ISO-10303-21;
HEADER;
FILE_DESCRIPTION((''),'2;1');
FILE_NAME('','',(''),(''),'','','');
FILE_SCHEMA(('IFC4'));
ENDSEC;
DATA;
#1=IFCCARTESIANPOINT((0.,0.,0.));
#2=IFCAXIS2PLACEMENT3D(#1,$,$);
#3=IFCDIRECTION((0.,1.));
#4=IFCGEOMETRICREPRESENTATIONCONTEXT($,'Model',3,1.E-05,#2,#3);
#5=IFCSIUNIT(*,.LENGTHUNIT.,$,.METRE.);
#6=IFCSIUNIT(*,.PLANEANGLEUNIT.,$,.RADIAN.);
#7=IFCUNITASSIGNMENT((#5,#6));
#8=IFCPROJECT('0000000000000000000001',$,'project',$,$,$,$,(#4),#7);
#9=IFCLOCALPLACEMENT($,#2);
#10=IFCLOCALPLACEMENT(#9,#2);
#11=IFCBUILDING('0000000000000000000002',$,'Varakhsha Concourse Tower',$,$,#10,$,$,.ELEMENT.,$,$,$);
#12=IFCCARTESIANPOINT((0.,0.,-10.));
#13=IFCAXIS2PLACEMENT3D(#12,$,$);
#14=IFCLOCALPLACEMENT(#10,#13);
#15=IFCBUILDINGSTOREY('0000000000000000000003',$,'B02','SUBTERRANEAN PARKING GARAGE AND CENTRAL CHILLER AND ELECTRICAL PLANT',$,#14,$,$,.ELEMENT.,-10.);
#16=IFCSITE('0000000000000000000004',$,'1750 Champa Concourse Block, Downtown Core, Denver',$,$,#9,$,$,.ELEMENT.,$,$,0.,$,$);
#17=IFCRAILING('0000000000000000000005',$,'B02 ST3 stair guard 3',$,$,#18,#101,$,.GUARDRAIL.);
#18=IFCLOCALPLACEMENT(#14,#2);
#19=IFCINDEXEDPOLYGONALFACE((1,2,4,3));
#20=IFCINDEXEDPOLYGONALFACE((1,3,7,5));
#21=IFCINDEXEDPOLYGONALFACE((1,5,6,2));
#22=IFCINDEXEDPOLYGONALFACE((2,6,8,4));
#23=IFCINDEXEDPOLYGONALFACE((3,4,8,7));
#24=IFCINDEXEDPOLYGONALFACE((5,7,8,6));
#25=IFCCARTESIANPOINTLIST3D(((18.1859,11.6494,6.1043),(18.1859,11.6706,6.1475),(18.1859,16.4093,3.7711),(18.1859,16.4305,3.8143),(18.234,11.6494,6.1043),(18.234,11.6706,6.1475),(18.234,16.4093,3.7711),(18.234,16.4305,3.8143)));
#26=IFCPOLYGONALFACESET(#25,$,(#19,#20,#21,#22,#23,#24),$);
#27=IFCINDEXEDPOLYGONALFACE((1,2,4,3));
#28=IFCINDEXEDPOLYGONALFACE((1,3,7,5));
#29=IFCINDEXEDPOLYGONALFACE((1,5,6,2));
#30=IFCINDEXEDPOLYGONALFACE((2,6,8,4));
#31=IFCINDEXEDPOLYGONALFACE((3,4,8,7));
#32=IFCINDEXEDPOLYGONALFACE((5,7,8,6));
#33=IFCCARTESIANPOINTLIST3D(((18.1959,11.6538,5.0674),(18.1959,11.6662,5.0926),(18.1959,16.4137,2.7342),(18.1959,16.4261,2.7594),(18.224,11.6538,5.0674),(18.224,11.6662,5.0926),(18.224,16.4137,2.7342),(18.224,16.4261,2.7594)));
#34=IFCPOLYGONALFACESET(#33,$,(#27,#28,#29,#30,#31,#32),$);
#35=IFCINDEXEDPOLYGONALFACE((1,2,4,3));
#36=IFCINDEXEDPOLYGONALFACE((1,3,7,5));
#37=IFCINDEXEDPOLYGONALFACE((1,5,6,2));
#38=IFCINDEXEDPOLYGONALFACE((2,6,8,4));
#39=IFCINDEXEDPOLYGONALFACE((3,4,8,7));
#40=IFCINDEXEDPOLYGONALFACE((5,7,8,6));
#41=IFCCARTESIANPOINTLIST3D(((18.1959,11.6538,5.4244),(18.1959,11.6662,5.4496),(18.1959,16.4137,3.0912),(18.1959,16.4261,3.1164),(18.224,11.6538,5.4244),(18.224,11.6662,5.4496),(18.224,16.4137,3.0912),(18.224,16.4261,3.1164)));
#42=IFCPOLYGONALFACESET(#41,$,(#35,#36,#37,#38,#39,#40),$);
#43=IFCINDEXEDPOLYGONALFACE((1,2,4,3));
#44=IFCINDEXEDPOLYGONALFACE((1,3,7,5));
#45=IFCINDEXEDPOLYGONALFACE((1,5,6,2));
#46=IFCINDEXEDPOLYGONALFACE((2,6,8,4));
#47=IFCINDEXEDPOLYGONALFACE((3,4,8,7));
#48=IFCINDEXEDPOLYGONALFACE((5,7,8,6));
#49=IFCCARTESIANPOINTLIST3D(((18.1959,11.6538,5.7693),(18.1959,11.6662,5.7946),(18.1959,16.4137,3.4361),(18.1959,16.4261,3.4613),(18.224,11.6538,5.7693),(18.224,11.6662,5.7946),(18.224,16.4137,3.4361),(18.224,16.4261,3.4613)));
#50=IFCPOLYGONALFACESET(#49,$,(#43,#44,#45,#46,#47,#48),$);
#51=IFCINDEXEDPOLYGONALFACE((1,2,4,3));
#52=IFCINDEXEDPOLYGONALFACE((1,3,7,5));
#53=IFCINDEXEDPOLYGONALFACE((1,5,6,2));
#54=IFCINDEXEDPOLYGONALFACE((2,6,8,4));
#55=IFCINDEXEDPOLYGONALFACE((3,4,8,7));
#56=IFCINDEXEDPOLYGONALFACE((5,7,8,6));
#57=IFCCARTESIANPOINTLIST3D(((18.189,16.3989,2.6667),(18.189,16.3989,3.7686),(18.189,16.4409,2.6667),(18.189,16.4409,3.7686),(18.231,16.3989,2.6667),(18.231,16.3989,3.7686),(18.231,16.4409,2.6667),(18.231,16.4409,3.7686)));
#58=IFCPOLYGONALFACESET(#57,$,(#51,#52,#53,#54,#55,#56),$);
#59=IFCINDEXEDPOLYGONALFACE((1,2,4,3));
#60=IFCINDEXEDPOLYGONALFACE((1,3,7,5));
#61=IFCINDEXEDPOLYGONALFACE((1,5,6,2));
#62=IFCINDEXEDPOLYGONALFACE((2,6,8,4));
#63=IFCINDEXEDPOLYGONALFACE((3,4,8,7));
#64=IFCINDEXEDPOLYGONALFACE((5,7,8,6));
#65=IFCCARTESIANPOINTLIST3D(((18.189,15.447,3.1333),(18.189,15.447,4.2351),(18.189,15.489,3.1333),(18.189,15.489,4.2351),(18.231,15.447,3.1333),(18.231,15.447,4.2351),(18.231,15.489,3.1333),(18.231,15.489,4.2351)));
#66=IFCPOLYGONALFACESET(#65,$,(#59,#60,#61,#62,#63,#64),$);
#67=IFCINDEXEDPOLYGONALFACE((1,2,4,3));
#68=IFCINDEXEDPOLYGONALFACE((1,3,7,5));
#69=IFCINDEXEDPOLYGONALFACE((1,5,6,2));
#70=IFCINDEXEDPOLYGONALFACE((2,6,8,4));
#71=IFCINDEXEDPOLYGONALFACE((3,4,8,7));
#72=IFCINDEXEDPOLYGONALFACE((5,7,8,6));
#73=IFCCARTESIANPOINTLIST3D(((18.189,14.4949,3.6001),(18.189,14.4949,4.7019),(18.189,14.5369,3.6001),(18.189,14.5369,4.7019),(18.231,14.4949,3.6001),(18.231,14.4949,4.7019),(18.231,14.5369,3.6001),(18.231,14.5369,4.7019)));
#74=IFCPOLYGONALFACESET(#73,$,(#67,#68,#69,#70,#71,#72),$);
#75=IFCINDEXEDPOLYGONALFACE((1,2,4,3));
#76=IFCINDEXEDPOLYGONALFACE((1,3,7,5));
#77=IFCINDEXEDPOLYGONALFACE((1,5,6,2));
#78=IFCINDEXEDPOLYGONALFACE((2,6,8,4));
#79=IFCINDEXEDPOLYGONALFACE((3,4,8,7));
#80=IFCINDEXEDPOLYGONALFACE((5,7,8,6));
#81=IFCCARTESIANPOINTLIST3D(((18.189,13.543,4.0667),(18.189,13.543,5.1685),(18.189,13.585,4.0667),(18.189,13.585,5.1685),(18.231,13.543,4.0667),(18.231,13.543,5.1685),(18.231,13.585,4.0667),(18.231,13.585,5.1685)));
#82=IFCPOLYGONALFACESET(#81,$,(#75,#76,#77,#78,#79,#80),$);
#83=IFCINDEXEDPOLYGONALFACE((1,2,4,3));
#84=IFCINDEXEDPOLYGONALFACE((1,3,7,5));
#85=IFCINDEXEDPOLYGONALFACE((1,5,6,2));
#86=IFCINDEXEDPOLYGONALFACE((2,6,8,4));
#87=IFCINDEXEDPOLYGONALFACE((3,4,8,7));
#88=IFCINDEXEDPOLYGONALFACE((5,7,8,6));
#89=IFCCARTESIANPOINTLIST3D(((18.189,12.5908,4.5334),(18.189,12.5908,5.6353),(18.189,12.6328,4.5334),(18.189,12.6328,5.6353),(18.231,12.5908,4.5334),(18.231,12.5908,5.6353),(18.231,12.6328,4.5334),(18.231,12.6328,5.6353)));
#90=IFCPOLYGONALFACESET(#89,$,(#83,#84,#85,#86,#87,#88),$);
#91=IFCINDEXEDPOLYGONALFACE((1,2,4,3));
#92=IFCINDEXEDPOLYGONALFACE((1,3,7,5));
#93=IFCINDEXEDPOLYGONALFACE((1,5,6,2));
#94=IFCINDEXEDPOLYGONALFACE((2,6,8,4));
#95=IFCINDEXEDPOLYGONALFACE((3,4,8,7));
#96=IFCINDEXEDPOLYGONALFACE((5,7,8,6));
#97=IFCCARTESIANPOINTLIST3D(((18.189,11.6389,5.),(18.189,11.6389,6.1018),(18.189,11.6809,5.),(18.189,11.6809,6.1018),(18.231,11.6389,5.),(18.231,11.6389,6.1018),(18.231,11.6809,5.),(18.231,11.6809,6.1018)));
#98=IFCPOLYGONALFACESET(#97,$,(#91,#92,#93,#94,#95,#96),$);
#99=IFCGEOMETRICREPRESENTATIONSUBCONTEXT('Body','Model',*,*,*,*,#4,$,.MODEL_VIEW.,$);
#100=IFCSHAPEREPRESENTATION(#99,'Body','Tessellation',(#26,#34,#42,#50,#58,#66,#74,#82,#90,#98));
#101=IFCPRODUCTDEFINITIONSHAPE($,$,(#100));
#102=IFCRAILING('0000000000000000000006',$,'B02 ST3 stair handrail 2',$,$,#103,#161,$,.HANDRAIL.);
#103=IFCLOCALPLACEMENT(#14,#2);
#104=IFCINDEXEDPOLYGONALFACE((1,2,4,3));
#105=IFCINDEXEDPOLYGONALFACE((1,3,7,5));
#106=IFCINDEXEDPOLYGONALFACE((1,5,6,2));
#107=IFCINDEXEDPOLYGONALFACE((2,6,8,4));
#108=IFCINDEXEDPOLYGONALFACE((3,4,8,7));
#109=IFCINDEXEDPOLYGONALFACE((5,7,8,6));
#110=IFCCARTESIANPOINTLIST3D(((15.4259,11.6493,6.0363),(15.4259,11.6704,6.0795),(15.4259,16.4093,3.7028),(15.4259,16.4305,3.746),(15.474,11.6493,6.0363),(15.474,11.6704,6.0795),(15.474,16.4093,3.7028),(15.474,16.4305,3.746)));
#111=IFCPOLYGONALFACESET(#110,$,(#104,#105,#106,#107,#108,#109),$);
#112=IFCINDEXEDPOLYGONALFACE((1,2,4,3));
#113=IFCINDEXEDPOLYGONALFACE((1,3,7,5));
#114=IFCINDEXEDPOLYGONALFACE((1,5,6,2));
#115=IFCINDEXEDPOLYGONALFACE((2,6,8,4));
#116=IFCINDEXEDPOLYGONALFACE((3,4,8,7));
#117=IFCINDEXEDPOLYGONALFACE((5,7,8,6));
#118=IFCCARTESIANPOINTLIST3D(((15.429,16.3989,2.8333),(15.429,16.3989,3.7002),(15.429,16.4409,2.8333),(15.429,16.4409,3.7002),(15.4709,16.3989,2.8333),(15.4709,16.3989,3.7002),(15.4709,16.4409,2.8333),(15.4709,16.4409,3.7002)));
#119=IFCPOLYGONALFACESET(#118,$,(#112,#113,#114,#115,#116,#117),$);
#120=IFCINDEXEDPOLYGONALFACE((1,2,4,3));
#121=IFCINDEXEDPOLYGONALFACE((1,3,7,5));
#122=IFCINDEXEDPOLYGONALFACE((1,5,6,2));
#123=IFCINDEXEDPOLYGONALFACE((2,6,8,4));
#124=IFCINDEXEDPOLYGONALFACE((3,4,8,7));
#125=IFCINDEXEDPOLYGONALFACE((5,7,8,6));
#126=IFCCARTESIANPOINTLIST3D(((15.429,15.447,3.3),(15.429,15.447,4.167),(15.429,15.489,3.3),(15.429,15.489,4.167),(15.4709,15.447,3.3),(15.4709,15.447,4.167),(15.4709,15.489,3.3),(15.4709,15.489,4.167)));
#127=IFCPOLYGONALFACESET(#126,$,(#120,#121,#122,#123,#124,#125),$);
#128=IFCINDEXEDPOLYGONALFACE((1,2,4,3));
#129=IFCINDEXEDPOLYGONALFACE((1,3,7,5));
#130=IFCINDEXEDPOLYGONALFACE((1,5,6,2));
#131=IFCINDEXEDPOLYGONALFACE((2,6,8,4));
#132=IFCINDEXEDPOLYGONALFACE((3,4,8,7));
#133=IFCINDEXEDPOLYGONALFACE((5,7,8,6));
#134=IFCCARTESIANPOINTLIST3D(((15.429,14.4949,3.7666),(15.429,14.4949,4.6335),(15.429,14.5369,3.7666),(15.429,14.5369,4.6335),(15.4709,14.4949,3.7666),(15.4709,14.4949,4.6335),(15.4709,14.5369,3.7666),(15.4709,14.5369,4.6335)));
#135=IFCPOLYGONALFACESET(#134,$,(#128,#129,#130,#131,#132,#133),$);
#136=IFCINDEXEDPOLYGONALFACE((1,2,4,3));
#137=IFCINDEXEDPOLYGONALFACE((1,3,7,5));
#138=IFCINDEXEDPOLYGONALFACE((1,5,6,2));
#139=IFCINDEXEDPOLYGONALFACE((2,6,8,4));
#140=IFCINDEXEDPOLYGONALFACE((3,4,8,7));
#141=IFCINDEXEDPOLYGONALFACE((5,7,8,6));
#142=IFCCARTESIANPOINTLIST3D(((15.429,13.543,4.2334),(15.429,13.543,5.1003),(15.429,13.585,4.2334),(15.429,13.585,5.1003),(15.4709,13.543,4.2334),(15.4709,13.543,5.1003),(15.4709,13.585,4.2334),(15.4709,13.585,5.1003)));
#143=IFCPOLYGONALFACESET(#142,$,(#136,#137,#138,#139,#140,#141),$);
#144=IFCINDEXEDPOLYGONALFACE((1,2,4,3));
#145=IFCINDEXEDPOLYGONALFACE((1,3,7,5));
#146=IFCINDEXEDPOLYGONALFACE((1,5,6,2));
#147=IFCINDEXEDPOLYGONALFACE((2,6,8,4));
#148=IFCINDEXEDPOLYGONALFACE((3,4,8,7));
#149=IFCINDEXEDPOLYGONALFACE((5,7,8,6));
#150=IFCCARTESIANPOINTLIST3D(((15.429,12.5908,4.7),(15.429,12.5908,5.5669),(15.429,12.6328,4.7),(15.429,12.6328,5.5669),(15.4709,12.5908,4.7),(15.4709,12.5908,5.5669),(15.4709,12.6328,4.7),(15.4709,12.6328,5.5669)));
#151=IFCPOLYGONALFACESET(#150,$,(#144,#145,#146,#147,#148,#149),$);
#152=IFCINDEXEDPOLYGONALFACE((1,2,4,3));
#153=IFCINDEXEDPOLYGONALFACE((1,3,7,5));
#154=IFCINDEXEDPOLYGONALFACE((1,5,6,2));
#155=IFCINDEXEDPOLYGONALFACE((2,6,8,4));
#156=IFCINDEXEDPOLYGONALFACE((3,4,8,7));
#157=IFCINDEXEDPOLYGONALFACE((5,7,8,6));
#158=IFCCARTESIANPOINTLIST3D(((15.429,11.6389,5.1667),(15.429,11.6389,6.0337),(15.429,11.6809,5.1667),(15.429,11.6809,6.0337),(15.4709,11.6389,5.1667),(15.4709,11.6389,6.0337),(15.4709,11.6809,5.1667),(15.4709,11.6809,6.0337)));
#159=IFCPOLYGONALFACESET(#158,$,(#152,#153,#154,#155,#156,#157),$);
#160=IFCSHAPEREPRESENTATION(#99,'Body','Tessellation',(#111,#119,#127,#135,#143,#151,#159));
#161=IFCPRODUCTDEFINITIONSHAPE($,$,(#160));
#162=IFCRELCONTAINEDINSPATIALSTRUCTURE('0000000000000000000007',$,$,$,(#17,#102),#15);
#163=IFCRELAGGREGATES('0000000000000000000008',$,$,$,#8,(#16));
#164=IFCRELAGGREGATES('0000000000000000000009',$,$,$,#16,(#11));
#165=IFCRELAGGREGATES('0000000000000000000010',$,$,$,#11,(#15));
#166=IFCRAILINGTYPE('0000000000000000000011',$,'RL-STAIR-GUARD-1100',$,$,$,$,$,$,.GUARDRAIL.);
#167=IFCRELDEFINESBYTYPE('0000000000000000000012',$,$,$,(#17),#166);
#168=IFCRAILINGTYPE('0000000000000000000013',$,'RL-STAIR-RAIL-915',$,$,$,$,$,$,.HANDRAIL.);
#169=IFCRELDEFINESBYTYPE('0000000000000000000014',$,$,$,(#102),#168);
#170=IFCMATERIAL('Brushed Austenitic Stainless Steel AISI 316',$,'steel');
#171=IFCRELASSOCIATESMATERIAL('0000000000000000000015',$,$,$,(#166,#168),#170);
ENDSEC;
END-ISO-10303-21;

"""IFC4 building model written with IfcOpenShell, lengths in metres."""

from ifc_helpers import new_model, si_unit, direction, frame, origin, origin_2d, place, context, subcontext, project, spatial, rectangle, extrude, material, type_object, element, save


model = new_model("IFC4")

# Units and contexts
model_context = context("Model", 3, precision=1e-05, world=origin(), true_north=direction((0.0, 1.0)))
body_context = subcontext(model_context, "Body", "Model", "MODEL_VIEW")
ifc_project = project(units=[si_unit("LENGTHUNIT", "METRE"), si_unit("PLANEANGLEUNIT", "RADIAN")], contexts=[model_context])

# Site, building, storey
site_placement = place(None, origin())
site = spatial("IfcSite", under=ifc_project, at=site_placement, Name="1750 Champa Concourse Block, Downtown Core, Denver", CompositionType="ELEMENT", RefElevation=0.0)
building_placement = place(site_placement, origin())
building = spatial("IfcBuilding", under=site, at=building_placement, Name="Varakhsha Concourse Tower", CompositionType="ELEMENT")
storey_placement = place(building_placement, frame((0.0, 0.0, -10.0)))
storey = spatial("IfcBuildingStorey", under=building, at=storey_placement, Name="B02", Description="SUBTERRANEAN PARKING GARAGE AND CENTRAL CHILLER AND ELECTRICAL PLANT", CompositionType="ELEMENT", Elevation=-10.0)

# Railings
ifc_material_1 = material(Name="Brushed Austenitic Stainless Steel AISI 316", Category="steel")
railing_type_1 = type_object("IfcRailingType", Name="RL-STAIR-GUARD-1100", PredefinedType="GUARDRAIL", material=ifc_material_1)
railing_1_placement = place(storey_placement, frame((18.21, 16.4199, 2.6667)))
element("IfcRailing", 1, at=railing_1_placement, inside=storey, type_object=railing_type_1, Name="B02 ST3 stair guard 3", PredefinedType="GUARDRAIL", context=body_context, shape_type="SweptSolid", body=[
    extrude(rectangle(XDim=0.0481, YDim=0.0481, at=origin_2d()), frame((0.0, 0.0, 1.126), z_axis=(0.0, -0.897927, 0.440144), x_axis=(1.0, 0.0, 0.0)), (0.0, 0.0, 1.0), 5.301),
    extrude(rectangle(XDim=0.0281, YDim=0.0281, at=origin_2d()), frame((0.0, 0.0, 0.0801), z_axis=(0.0, -0.897927, 0.440144), x_axis=(1.0, 0.0, 0.0)), (0.0, 0.0, 1.0), 5.301),
    extrude(rectangle(XDim=0.0281, YDim=0.0281, at=origin_2d()), frame((0.0, 0.0, 0.437), z_axis=(0.0, -0.897927, 0.440144), x_axis=(1.0, 0.0, 0.0)), (0.0, 0.0, 1.0), 5.301),
    extrude(rectangle(XDim=0.0281, YDim=0.0281, at=origin_2d()), frame((0.0, 0.0, 0.782), z_axis=(0.0, -0.897927, 0.440144), x_axis=(1.0, 0.0, 0.0)), (0.0, 0.0, 1.0), 5.301),
    extrude(rectangle(XDim=0.042, YDim=0.042, at=origin_2d()), origin(), (0.0, 0.0, 1.0), 1.1018),
    extrude(rectangle(XDim=0.042, YDim=0.042, at=origin_2d()), frame((0.0, -0.9519, 0.4666)), (0.0, 0.0, 1.0), 1.1018),
    extrude(rectangle(XDim=0.042, YDim=0.042, at=origin_2d()), frame((0.0, -1.9041, 0.9333)), (0.0, 0.0, 1.0), 1.1018),
    extrude(rectangle(XDim=0.042, YDim=0.042, at=origin_2d()), frame((0.0, -2.856, 1.3999)), (0.0, 0.0, 1.0), 1.1018),
    extrude(rectangle(XDim=0.042, YDim=0.042, at=origin_2d()), frame((0.0, -3.8081, 1.8667)), (0.0, 0.0, 1.0), 1.1018),
    extrude(rectangle(XDim=0.042, YDim=0.042, at=origin_2d()), frame((0.0, -4.76, 2.3333)), (0.0, 0.0, 1.0), 1.1018),
])
railing_type_2 = type_object("IfcRailingType", Name="RL-STAIR-RAIL-915", PredefinedType="HANDRAIL", material=ifc_material_1)
railing_2_placement = place(storey_placement, frame((15.45, 16.4199, 2.8333)))
element("IfcRailing", 2, at=railing_2_placement, inside=storey, type_object=railing_type_2, Name="B02 ST3 stair handrail 2", PredefinedType="HANDRAIL", context=body_context, shape_type="SweptSolid", body=[
    extrude(rectangle(XDim=0.0481, YDim=0.0481, at=origin_2d()), frame((0.0, 0.0, 0.8911), z_axis=(0.0, -0.897909, 0.440181), x_axis=(1.0, 0.0, 0.0)), (0.0, 0.0, 1.0), 5.3013),
    extrude(rectangle(XDim=0.042, YDim=0.042, at=origin_2d()), origin(), (0.0, 0.0, 1.0), 0.8669),
    extrude(rectangle(XDim=0.042, YDim=0.042, at=origin_2d()), frame((0.0, -0.9519, 0.4668)), (0.0, 0.0, 1.0), 0.8669),
    extrude(rectangle(XDim=0.042, YDim=0.042, at=origin_2d()), frame((0.0, -1.9041, 0.9333)), (0.0, 0.0, 1.0), 0.8669),
    extrude(rectangle(XDim=0.042, YDim=0.042, at=origin_2d()), frame((0.0, -2.856, 1.4001)), (0.0, 0.0, 1.0), 0.8669),
    extrude(rectangle(XDim=0.042, YDim=0.042, at=origin_2d()), frame((0.0, -3.8081, 1.8667)), (0.0, 0.0, 1.0), 0.8669),
    extrude(rectangle(XDim=0.042, YDim=0.042, at=origin_2d()), frame((0.0, -4.76, 2.3335)), (0.0, 0.0, 1.0), 0.8669),
])

save(model, "model.ifc")
